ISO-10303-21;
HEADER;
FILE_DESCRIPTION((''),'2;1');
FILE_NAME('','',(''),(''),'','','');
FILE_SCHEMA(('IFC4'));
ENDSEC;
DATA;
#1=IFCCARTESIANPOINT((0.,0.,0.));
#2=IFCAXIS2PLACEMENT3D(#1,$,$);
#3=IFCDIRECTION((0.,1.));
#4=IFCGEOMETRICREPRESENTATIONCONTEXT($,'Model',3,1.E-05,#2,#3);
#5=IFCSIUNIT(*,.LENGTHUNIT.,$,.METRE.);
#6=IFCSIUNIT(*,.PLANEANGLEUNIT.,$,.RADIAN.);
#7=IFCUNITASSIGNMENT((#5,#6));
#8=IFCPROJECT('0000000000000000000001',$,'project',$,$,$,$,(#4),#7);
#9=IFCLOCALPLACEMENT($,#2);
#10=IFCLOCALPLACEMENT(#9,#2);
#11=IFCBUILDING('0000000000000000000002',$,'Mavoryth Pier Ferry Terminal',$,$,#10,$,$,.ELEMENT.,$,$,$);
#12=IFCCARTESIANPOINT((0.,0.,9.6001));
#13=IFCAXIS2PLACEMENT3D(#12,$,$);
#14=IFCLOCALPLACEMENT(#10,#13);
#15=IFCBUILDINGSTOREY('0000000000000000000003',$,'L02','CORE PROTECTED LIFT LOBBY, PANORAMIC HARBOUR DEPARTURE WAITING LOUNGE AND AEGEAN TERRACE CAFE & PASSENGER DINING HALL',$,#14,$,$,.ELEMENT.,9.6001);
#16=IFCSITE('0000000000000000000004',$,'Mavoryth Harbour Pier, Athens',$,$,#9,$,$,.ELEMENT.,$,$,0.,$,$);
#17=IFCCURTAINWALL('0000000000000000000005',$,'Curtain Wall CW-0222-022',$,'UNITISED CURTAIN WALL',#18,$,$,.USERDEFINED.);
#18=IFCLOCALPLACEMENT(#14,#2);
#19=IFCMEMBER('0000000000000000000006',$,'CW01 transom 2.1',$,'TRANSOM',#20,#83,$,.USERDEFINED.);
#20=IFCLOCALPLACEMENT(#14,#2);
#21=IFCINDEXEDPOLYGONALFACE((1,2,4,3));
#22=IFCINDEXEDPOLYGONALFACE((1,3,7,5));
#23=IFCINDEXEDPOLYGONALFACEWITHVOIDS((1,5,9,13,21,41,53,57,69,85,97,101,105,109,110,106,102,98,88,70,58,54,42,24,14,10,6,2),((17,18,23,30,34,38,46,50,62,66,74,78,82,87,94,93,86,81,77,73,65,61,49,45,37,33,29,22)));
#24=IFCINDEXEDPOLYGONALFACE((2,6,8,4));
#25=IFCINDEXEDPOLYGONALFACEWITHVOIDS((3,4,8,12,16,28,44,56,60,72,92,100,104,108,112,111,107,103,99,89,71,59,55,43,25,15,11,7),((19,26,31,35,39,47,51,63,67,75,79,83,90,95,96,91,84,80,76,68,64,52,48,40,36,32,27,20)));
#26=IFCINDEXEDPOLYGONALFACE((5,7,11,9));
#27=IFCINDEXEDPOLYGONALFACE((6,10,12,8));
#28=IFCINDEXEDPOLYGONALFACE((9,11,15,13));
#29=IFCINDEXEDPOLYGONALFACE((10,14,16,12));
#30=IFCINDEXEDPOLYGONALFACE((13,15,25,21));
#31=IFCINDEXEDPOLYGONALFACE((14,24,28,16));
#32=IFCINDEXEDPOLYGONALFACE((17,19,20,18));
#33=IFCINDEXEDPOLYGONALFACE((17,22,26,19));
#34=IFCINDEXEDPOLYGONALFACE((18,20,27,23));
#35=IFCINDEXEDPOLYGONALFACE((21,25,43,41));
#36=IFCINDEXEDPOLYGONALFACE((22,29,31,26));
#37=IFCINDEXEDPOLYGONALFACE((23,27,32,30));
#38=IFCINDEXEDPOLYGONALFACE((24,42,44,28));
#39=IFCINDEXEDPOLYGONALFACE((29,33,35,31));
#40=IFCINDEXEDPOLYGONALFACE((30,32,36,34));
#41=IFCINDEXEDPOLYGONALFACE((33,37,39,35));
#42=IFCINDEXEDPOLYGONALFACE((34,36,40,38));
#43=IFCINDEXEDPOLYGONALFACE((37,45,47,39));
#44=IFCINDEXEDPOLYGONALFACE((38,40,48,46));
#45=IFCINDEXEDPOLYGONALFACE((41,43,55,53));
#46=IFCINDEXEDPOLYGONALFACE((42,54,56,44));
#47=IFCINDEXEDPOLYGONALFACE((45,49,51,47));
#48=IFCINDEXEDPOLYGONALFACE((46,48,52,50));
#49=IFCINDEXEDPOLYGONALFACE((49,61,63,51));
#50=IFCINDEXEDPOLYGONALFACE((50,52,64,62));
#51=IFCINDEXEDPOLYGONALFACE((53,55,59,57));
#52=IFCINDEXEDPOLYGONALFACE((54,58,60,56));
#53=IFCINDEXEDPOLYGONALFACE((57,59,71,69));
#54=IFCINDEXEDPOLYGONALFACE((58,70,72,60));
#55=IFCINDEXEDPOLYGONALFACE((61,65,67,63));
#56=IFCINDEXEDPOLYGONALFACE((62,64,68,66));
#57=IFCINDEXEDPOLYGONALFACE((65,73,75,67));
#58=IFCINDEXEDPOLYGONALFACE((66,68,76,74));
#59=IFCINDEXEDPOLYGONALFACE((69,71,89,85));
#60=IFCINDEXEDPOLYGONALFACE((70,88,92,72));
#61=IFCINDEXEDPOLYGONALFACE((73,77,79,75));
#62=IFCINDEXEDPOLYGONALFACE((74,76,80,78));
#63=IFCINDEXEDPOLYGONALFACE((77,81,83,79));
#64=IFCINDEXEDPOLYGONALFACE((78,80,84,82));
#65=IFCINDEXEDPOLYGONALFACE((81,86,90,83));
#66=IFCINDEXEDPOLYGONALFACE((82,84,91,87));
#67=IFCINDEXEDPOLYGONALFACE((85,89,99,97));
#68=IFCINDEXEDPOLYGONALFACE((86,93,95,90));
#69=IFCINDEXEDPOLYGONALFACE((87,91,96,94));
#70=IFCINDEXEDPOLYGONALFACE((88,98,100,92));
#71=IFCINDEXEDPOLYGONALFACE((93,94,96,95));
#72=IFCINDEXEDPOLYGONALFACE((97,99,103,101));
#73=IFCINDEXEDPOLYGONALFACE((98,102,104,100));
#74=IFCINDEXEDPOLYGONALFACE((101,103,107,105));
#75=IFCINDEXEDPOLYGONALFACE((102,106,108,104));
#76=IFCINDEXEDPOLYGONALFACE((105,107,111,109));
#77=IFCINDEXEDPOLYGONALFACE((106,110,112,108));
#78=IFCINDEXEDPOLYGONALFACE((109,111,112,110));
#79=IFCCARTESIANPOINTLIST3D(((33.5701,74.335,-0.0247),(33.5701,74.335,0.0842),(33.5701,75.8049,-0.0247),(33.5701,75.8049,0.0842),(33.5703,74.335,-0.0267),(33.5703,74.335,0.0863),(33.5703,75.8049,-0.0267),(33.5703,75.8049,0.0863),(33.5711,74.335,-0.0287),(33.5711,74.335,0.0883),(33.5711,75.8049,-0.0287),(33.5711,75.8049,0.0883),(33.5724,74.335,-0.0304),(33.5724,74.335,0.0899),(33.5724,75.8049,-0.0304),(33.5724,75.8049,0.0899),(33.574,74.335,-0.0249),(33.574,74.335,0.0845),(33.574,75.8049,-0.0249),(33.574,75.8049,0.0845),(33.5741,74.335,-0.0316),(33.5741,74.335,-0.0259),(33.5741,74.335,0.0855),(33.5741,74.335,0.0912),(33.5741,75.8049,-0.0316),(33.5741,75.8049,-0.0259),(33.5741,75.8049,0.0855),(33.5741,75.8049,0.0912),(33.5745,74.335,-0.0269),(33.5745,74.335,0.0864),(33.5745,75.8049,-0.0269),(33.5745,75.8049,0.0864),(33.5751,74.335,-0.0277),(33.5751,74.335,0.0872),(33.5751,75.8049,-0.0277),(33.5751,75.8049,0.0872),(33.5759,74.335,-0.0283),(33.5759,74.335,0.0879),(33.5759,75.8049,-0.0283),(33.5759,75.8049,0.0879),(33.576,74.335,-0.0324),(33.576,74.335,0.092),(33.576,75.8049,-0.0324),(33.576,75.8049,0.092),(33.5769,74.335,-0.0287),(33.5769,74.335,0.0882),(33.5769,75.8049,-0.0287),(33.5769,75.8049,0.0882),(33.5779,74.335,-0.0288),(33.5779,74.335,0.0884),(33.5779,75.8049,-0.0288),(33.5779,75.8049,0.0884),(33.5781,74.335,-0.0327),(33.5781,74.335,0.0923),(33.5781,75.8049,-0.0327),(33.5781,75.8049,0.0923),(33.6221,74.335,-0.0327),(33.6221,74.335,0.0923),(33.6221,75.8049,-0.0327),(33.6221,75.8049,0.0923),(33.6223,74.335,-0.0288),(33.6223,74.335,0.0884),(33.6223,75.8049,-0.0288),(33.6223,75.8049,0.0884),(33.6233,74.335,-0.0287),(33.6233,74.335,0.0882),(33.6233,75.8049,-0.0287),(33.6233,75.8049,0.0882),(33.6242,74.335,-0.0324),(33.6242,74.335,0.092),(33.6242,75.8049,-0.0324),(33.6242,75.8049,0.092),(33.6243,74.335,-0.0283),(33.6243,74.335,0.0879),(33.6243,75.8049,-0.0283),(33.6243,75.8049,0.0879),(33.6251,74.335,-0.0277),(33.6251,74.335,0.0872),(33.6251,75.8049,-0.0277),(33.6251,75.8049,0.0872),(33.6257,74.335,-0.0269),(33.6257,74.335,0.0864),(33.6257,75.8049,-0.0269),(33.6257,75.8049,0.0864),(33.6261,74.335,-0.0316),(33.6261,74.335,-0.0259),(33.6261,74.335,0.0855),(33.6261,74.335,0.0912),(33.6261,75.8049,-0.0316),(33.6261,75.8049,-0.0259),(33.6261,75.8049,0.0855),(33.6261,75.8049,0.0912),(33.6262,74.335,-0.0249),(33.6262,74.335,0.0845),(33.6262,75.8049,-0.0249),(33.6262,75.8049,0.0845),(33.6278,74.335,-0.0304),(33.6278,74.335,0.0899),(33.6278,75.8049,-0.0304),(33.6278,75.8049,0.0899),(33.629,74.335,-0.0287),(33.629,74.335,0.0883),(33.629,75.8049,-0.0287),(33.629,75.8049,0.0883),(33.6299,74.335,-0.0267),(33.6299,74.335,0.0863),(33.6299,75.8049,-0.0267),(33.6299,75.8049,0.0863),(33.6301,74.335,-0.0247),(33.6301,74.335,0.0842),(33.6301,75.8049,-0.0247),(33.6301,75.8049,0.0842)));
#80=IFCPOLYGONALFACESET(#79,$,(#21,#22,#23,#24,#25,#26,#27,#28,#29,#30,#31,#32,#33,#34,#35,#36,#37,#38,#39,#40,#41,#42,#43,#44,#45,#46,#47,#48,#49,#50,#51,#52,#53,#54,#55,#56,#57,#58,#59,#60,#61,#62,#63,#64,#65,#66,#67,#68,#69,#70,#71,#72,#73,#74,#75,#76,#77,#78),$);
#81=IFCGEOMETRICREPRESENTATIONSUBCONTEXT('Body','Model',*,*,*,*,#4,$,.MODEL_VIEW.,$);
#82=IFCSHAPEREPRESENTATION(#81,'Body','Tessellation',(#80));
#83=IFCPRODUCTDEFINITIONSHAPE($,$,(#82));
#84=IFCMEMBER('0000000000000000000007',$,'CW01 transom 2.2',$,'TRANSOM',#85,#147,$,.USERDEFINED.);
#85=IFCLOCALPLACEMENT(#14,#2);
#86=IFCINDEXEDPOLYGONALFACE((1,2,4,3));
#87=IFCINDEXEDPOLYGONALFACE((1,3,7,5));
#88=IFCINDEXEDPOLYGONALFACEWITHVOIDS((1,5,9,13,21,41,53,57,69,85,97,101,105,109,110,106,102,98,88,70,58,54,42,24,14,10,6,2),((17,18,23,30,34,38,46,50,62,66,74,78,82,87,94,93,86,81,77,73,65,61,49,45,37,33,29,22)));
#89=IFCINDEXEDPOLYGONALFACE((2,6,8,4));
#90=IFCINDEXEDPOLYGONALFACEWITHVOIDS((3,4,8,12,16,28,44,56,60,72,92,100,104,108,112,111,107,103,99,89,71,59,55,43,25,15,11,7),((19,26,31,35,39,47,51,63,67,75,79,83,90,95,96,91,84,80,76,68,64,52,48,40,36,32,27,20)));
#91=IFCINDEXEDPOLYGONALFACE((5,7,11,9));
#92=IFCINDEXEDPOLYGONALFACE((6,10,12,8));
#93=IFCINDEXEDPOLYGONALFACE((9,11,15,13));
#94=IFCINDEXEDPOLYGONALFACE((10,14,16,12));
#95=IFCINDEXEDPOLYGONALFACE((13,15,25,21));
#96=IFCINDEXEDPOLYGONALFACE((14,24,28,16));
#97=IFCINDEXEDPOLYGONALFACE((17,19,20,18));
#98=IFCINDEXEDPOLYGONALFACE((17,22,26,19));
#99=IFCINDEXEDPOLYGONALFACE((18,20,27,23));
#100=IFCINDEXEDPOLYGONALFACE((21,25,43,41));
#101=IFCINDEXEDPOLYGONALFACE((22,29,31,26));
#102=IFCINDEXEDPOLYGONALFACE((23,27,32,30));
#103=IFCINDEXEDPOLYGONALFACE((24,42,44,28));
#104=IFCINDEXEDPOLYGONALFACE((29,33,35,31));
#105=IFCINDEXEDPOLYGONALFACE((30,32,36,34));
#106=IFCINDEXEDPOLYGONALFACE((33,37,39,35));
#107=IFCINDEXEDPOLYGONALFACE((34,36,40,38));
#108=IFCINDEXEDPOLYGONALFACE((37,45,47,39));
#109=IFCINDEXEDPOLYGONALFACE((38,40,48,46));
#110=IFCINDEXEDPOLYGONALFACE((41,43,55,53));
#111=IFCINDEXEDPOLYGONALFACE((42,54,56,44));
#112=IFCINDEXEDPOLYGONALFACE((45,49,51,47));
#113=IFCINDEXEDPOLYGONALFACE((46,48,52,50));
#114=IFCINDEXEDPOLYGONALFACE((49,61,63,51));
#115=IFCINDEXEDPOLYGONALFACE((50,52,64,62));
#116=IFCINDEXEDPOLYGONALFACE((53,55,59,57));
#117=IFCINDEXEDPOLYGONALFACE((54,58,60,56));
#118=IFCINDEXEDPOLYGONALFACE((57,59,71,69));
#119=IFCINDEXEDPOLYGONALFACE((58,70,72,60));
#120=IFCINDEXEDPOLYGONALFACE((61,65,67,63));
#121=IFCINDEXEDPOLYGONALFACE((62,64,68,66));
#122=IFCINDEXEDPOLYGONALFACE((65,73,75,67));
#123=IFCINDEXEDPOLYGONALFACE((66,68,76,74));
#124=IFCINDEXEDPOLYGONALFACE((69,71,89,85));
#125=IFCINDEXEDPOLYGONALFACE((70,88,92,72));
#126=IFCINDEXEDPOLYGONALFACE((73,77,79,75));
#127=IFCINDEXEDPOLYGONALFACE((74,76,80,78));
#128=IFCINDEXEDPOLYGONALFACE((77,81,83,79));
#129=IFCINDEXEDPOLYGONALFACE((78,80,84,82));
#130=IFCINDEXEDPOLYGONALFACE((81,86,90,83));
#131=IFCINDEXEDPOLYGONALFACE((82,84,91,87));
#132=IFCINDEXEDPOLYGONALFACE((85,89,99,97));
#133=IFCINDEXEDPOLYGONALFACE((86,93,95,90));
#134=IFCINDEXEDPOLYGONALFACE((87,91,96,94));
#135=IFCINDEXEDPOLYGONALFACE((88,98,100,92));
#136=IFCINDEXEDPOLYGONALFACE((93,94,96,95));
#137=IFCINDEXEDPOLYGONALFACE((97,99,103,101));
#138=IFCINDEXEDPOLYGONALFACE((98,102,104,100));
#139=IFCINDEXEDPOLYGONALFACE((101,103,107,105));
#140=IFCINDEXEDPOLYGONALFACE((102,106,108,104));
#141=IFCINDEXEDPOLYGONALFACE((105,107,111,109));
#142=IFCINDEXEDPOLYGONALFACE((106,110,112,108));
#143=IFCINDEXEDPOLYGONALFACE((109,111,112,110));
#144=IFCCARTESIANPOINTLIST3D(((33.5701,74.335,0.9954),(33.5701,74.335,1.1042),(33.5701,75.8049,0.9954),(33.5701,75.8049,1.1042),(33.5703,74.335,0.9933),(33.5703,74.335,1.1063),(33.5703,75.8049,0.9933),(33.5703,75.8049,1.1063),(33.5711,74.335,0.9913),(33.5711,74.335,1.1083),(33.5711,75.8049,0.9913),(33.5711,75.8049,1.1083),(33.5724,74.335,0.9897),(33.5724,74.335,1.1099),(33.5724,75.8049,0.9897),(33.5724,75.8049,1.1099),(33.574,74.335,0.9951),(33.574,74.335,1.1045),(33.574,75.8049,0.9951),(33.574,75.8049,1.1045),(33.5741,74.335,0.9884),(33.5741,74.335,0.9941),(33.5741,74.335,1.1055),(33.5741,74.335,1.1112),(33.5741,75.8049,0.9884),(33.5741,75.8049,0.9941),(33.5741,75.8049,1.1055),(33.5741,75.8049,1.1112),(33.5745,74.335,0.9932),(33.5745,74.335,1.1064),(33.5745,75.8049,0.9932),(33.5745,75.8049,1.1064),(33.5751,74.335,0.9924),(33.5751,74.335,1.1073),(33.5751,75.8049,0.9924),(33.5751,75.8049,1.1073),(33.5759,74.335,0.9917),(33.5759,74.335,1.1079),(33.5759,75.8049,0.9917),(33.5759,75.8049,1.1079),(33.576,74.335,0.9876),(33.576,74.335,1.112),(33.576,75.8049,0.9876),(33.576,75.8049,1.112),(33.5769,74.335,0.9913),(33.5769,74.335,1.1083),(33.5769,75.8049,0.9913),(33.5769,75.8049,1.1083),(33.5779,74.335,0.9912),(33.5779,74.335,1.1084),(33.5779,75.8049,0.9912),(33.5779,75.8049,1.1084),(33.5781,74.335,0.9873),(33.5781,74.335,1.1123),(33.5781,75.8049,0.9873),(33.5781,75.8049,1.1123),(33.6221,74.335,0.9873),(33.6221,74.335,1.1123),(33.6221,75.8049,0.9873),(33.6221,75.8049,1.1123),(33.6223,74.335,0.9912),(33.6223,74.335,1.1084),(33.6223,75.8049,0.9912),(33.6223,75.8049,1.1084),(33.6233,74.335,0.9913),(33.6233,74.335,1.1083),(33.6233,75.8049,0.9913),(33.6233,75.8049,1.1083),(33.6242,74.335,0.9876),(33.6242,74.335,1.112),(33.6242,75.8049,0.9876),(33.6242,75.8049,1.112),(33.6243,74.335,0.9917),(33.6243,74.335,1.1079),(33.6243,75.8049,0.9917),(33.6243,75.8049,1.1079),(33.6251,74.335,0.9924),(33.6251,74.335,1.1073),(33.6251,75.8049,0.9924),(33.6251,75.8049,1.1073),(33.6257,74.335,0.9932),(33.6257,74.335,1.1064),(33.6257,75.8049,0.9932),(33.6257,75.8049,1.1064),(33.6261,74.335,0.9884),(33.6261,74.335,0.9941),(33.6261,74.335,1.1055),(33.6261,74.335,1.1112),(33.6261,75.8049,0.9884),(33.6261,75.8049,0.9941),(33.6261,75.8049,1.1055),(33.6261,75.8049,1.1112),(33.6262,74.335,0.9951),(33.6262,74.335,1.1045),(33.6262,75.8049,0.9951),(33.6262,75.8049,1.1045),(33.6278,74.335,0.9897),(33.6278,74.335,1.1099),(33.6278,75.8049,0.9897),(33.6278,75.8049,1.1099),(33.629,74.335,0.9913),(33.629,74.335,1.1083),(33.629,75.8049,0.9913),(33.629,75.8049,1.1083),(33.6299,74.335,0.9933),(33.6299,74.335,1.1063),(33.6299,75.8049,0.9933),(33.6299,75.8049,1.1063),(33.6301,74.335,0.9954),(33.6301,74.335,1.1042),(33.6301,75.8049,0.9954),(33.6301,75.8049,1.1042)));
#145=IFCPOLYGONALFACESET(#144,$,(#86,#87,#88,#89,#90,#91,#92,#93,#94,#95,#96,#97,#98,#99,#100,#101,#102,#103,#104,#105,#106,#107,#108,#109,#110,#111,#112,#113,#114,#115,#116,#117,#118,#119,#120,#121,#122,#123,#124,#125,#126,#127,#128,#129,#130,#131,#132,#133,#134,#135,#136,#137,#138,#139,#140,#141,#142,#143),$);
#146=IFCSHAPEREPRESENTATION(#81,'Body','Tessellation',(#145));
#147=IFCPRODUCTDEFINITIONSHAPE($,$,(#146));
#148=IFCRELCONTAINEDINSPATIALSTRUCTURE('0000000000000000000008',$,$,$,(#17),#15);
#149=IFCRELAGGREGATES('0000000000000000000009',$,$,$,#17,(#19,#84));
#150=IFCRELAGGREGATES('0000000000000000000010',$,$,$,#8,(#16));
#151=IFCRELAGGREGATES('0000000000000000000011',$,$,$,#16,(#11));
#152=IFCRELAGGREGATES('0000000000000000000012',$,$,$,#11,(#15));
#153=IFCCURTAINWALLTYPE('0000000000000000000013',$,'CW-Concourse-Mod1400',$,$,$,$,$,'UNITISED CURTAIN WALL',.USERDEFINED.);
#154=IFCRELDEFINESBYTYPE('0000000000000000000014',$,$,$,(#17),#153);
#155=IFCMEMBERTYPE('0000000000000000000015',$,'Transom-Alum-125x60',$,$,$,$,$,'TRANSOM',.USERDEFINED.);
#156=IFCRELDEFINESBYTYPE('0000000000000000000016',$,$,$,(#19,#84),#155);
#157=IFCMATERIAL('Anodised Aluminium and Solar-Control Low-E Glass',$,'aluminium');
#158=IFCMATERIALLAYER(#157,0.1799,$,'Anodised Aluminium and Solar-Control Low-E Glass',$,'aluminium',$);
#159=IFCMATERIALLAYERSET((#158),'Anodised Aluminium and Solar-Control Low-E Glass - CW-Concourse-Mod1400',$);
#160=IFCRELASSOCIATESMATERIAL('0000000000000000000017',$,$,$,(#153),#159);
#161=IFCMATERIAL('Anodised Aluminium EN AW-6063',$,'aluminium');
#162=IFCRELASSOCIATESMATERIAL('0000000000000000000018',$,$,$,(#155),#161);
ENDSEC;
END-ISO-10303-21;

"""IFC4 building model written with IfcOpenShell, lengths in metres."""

from ifc_helpers import new_model, si_unit, direction, frame, origin, origin_2d, place, context, subcontext, project, spatial, hollow_rectangle, extrude, material, layer, layer_set, material_profile, profile_set, type_object, element, aggregate, save


model = new_model("IFC4")

# Units and contexts
model_context = context("Model", 3, precision=1e-05, world=origin(), true_north=direction((0.0, 1.0)))
body_context = subcontext(model_context, "Body", "Model", "MODEL_VIEW")
ifc_project = project(units=[si_unit("LENGTHUNIT", "METRE"), si_unit("PLANEANGLEUNIT", "RADIAN")], contexts=[model_context])

# Site, building, storey
site_placement = place(None, origin())
site = spatial("IfcSite", under=ifc_project, at=site_placement, Name="Mavoryth Harbour Pier, Athens", CompositionType="ELEMENT", RefElevation=0.0)
building_placement = place(site_placement, origin())
building = spatial("IfcBuilding", under=site, at=building_placement, Name="Mavoryth Pier Ferry Terminal", CompositionType="ELEMENT")
storey_placement = place(building_placement, frame((0.0, 0.0, 9.6001)))
storey = spatial("IfcBuildingStorey", under=building, at=storey_placement, Name="L02", Description="CORE PROTECTED LIFT LOBBY, PANORAMIC HARBOUR DEPARTURE WAITING LOUNGE AND AEGEAN TERRACE CAFE & PASSENGER DINING HALL", CompositionType="ELEMENT", Elevation=9.6001)

# Curtain wall, members
ifc_material_1 = material(Name="Anodised Aluminium and Solar-Control Low-E Glass", Category="aluminium")
ifc_layer_1 = layer(ifc_material_1, 0.1799, Name="Anodised Aluminium and Solar-Control Low-E Glass", Category="aluminium")
ifc_layer_set_1 = layer_set([ifc_layer_1], Name="Anodised Aluminium and Solar-Control Low-E Glass - CW-Concourse-Mod1400")
curtain_wall_type = type_object("IfcCurtainWallType", Name="CW-Concourse-Mod1400", ElementType="UNITISED CURTAIN WALL", PredefinedType="USERDEFINED", material=ifc_layer_set_1)
curtain_wall_placement = place(storey_placement, origin())
curtain_wall = element("IfcCurtainWall", 1, at=curtain_wall_placement, inside=storey, type_object=curtain_wall_type, Name="Curtain Wall CW-0222-022", ObjectType="UNITISED CURTAIN WALL", PredefinedType="USERDEFINED")
ifc_material_2 = material(Name="Anodised Aluminium EN AW-6063", Category="aluminium")
ifc_material_profile_1 = material_profile(ifc_material_2, hollow_rectangle(XDim=0.0601, YDim=0.125, WallThickness=0.0039, InnerFilletRadius=0.0039, OuterFilletRadius=0.0081, at=origin_2d()), Name="AL-TRAN 125x60x4", Category="aluminium")
ifc_profile_set_1 = profile_set([ifc_material_profile_1], Name="Anodised Aluminium EN AW-6063 - AL-TRAN 125x60x4")
member_type_1 = type_object("IfcMemberType", Name="Transom-Alum-125x60", ElementType="TRANSOM", PredefinedType="USERDEFINED", material=ifc_profile_set_1)
member_1_placement = place(storey_placement, frame((33.6001, 74.335, 0.0298), z_axis=(0.0, 1.0, 0.0), x_axis=(-1.0, 0.0, 0.0)))
member_1 = element("IfcMember", 2, at=member_1_placement, type_object=member_type_1, Name="CW01 transom 2.1", ObjectType="TRANSOM", PredefinedType="USERDEFINED", context=body_context, shape_type="SweptSolid", body=[
    extrude(hollow_rectangle(XDim=0.0601, YDim=0.125, WallThickness=0.0039, InnerFilletRadius=0.0039, OuterFilletRadius=0.0081, at=origin_2d()), origin(), (0.0, 0.0, 1.0), 1.47),
])
member_2_placement = place(storey_placement, frame((33.6001, 74.335, 1.0498), z_axis=(0.0, 1.0, 0.0), x_axis=(-1.0, 0.0, 0.0)))
member_2 = element("IfcMember", 3, at=member_2_placement, type_object=member_type_1, Name="CW01 transom 2.2", ObjectType="TRANSOM", PredefinedType="USERDEFINED", context=body_context, shape_type="SweptSolid", body=[
    extrude(hollow_rectangle(XDim=0.0601, YDim=0.125, WallThickness=0.0039, InnerFilletRadius=0.0039, OuterFilletRadius=0.0081, at=origin_2d()), origin(), (0.0, 0.0, 1.0), 1.47),
])
aggregate(curtain_wall, [member_1, member_2])

save(model, "model.ifc")
